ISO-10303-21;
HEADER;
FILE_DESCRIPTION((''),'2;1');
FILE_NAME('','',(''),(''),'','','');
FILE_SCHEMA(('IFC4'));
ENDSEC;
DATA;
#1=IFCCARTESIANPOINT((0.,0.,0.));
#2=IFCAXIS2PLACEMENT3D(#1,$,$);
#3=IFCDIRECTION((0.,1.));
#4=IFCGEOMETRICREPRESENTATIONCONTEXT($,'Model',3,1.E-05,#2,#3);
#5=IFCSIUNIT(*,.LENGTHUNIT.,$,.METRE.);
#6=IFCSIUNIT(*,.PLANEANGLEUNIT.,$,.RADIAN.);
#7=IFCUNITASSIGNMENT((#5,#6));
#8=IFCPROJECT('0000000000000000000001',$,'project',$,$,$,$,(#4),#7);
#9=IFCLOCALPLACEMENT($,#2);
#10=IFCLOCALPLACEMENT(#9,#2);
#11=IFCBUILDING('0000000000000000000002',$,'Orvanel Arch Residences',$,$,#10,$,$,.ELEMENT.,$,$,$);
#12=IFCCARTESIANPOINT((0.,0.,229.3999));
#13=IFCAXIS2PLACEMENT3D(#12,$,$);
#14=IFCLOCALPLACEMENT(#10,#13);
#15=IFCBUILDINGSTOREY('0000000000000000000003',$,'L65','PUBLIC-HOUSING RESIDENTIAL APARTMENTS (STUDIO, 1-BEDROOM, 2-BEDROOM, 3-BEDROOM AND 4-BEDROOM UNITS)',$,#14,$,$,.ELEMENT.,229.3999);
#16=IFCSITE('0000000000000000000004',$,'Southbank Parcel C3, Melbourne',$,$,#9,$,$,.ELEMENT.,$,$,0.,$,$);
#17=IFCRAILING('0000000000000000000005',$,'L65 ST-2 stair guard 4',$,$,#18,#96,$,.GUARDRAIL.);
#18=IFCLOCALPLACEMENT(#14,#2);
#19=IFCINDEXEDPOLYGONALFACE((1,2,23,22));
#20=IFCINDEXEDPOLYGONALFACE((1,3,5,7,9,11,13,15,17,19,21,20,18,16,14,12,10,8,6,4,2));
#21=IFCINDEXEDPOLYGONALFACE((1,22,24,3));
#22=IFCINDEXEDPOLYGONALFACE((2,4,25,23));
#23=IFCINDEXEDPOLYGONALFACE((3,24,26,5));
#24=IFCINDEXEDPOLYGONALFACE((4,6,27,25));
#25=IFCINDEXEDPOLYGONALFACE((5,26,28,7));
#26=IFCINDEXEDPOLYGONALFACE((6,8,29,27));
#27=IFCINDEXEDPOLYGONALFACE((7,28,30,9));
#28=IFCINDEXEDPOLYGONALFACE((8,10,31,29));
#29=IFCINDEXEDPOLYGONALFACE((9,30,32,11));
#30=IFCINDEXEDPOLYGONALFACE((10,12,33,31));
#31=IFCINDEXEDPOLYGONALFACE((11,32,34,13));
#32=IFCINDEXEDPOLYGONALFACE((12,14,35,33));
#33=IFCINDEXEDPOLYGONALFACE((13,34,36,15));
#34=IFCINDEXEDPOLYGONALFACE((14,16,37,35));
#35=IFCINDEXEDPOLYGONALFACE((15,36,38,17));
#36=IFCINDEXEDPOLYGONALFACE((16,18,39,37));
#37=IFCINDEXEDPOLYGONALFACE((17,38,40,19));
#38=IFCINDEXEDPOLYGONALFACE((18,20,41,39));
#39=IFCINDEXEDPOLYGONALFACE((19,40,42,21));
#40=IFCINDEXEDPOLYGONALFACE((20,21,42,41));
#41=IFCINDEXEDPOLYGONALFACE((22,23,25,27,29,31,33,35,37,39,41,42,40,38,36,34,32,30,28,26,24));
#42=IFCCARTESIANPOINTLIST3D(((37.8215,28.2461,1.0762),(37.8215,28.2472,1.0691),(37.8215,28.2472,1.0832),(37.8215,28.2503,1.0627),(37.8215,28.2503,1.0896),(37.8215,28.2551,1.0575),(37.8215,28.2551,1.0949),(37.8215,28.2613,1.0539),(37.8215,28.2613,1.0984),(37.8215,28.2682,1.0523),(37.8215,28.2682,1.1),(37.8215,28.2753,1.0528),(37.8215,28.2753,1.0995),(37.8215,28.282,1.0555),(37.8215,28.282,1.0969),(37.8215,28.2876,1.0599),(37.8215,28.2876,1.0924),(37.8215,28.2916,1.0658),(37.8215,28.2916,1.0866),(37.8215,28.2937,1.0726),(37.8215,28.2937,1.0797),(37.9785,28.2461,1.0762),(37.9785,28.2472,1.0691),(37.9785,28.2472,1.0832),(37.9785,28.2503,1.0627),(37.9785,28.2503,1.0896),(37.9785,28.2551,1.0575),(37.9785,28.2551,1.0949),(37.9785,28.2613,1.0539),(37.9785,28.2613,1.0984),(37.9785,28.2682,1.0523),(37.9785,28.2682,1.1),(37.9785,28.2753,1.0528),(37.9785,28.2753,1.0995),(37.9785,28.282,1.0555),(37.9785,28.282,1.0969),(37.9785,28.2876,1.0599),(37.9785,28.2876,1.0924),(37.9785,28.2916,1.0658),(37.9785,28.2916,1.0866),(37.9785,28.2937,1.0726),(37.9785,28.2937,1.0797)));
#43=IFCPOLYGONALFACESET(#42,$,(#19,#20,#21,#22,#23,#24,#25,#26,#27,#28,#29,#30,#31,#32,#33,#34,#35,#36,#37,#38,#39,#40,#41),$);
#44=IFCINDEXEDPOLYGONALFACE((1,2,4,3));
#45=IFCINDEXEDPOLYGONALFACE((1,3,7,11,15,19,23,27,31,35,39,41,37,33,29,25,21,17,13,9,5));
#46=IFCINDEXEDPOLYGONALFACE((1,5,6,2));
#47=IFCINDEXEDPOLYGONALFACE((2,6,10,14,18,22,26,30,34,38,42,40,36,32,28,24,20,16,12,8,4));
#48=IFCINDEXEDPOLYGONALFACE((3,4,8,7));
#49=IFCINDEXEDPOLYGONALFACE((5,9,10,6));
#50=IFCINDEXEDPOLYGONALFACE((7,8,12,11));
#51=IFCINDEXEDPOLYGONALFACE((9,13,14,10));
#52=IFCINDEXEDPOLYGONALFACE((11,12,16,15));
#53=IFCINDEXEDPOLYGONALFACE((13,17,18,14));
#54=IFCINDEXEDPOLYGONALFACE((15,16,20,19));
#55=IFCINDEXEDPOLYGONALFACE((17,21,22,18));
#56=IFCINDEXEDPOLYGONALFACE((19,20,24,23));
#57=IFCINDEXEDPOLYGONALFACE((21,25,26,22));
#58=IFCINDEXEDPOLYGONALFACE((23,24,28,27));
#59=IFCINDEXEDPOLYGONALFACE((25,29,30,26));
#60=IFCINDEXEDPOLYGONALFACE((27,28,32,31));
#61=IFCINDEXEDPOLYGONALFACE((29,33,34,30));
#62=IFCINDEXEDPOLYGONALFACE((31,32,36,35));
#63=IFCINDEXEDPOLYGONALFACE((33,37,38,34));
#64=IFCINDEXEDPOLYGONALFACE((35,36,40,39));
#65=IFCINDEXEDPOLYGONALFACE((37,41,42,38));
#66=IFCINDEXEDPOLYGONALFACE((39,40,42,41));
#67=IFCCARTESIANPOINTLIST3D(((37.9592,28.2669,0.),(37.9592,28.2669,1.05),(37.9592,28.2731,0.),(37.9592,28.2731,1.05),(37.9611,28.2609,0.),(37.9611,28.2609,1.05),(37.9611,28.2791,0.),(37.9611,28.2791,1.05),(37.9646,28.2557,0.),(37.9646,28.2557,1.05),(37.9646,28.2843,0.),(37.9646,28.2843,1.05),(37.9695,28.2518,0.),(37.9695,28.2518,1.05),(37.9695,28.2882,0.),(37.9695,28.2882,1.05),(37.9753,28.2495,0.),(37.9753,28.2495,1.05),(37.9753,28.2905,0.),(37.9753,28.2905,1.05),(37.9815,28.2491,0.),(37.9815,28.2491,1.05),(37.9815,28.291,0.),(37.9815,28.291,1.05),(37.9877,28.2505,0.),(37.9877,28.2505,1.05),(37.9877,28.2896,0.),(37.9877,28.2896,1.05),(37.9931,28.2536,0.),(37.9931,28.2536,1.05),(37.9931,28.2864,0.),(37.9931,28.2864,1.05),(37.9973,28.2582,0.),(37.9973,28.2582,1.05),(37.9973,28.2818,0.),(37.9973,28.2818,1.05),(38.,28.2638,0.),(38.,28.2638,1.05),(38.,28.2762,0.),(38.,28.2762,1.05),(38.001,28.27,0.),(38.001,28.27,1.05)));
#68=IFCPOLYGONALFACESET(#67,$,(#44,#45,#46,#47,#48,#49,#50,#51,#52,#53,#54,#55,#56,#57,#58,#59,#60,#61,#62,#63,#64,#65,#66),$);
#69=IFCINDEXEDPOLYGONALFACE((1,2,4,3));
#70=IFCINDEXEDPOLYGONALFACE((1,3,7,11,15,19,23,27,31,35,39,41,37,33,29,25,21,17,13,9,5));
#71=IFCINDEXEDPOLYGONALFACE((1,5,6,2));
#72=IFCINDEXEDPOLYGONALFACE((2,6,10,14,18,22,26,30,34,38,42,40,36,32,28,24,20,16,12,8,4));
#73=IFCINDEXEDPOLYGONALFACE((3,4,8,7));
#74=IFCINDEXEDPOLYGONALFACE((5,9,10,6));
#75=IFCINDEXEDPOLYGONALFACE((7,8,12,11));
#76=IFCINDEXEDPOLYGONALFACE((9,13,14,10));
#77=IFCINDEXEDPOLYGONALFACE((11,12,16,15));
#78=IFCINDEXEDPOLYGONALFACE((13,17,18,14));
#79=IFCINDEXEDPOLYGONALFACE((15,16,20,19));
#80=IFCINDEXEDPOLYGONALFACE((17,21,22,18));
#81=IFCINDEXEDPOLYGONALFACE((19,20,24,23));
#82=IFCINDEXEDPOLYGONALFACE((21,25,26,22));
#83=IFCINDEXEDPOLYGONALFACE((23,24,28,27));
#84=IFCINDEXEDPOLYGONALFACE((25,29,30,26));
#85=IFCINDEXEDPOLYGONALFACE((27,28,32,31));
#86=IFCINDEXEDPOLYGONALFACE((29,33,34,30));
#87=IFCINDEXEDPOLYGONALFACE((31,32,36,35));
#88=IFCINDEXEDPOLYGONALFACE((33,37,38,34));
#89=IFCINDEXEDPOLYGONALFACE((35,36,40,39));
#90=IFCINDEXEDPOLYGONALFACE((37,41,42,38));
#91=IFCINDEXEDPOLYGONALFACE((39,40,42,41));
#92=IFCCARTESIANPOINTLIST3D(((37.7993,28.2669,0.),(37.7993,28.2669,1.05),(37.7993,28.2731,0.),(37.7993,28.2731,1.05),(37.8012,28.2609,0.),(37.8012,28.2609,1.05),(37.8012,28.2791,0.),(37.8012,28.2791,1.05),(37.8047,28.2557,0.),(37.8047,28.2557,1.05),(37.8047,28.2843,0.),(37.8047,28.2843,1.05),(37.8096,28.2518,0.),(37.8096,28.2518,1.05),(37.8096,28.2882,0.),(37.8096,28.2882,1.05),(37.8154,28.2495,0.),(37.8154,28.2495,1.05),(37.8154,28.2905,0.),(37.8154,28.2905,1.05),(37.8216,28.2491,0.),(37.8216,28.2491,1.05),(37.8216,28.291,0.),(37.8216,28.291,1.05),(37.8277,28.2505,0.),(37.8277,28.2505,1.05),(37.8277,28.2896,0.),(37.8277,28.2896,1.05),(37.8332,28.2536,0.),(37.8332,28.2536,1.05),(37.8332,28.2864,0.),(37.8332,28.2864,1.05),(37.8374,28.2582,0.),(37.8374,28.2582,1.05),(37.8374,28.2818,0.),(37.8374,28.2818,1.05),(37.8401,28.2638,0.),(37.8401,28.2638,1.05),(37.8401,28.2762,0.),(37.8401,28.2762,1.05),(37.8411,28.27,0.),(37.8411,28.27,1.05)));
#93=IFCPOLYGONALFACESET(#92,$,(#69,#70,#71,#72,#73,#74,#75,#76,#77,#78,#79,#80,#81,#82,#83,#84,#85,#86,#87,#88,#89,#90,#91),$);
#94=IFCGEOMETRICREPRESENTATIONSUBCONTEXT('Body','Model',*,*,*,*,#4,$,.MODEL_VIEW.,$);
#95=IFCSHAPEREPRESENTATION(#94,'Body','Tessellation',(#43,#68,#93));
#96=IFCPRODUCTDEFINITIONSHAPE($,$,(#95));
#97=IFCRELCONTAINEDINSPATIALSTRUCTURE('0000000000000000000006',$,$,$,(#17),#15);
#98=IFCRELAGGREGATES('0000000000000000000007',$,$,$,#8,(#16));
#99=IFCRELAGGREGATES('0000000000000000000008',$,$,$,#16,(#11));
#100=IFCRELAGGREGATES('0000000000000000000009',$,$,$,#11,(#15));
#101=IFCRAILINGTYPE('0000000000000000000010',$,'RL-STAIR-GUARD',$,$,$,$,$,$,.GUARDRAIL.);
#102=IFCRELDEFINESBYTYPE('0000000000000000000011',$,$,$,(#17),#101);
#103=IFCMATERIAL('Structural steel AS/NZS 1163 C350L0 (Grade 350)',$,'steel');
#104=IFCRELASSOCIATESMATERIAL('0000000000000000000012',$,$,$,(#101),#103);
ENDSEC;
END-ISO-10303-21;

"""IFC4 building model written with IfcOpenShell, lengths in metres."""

from ifc_helpers import new_model, si_unit, direction, frame, origin, origin_2d, place, context, subcontext, project, spatial, circle, extrude, material, type_object, element, save


model = new_model("IFC4")

# Units and contexts
model_context = context("Model", 3, precision=1e-05, world=origin(), true_north=direction((0.0, 1.0)))
body_context = subcontext(model_context, "Body", "Model", "MODEL_VIEW")
ifc_project = project(units=[si_unit("LENGTHUNIT", "METRE"), si_unit("PLANEANGLEUNIT", "RADIAN")], contexts=[model_context])

# Site, building, storey
site_placement = place(None, origin())
site = spatial("IfcSite", under=ifc_project, at=site_placement, Name="Southbank Parcel C3, Melbourne", CompositionType="ELEMENT", RefElevation=0.0)
building_placement = place(site_placement, origin())
building = spatial("IfcBuilding", under=site, at=building_placement, Name="Orvanel Arch Residences", CompositionType="ELEMENT")
storey_placement = place(building_placement, frame((0.0, 0.0, 229.3999)))
storey = spatial("IfcBuildingStorey", under=building, at=storey_placement, Name="L65", Description="PUBLIC-HOUSING RESIDENTIAL APARTMENTS (STUDIO, 1-BEDROOM, 2-BEDROOM, 3-BEDROOM AND 4-BEDROOM UNITS)", CompositionType="ELEMENT", Elevation=229.3999)

# Shared definitions
ifc_material_1 = material(Name="Structural steel AS/NZS 1163 C350L0 (Grade 350)", Category="steel")

# Railing
railing_type_1 = type_object("IfcRailingType", Name="RL-STAIR-GUARD", PredefinedType="GUARDRAIL", material=ifc_material_1)
railing_1_placement = place(storey_placement, frame((37.98, 28.27, 0.0)))
element("IfcRailing", 1, at=railing_1_placement, inside=storey, type_object=railing_type_1, Name="L65 ST-2 stair guard 4", PredefinedType="GUARDRAIL", context=body_context, shape_type="SweptSolid", body=[
    extrude(circle(Radius=0.0239, at=origin_2d()), frame((-0.0015, 0.0, 1.0762), z_axis=(-1.0, 0.0, 0.0), x_axis=(0.0, -1.0, 0.0)), (0.0, 0.0, 1.0), 0.157),
    extrude(circle(Radius=0.021, at=origin_2d()), origin(), (0.0, 0.0, 1.0), 1.05),
    extrude(circle(Radius=0.021, at=origin_2d()), frame((-0.1599, 0.0, 0.0)), (0.0, 0.0, 1.0), 1.05),
])

save(model, "model.ifc")
